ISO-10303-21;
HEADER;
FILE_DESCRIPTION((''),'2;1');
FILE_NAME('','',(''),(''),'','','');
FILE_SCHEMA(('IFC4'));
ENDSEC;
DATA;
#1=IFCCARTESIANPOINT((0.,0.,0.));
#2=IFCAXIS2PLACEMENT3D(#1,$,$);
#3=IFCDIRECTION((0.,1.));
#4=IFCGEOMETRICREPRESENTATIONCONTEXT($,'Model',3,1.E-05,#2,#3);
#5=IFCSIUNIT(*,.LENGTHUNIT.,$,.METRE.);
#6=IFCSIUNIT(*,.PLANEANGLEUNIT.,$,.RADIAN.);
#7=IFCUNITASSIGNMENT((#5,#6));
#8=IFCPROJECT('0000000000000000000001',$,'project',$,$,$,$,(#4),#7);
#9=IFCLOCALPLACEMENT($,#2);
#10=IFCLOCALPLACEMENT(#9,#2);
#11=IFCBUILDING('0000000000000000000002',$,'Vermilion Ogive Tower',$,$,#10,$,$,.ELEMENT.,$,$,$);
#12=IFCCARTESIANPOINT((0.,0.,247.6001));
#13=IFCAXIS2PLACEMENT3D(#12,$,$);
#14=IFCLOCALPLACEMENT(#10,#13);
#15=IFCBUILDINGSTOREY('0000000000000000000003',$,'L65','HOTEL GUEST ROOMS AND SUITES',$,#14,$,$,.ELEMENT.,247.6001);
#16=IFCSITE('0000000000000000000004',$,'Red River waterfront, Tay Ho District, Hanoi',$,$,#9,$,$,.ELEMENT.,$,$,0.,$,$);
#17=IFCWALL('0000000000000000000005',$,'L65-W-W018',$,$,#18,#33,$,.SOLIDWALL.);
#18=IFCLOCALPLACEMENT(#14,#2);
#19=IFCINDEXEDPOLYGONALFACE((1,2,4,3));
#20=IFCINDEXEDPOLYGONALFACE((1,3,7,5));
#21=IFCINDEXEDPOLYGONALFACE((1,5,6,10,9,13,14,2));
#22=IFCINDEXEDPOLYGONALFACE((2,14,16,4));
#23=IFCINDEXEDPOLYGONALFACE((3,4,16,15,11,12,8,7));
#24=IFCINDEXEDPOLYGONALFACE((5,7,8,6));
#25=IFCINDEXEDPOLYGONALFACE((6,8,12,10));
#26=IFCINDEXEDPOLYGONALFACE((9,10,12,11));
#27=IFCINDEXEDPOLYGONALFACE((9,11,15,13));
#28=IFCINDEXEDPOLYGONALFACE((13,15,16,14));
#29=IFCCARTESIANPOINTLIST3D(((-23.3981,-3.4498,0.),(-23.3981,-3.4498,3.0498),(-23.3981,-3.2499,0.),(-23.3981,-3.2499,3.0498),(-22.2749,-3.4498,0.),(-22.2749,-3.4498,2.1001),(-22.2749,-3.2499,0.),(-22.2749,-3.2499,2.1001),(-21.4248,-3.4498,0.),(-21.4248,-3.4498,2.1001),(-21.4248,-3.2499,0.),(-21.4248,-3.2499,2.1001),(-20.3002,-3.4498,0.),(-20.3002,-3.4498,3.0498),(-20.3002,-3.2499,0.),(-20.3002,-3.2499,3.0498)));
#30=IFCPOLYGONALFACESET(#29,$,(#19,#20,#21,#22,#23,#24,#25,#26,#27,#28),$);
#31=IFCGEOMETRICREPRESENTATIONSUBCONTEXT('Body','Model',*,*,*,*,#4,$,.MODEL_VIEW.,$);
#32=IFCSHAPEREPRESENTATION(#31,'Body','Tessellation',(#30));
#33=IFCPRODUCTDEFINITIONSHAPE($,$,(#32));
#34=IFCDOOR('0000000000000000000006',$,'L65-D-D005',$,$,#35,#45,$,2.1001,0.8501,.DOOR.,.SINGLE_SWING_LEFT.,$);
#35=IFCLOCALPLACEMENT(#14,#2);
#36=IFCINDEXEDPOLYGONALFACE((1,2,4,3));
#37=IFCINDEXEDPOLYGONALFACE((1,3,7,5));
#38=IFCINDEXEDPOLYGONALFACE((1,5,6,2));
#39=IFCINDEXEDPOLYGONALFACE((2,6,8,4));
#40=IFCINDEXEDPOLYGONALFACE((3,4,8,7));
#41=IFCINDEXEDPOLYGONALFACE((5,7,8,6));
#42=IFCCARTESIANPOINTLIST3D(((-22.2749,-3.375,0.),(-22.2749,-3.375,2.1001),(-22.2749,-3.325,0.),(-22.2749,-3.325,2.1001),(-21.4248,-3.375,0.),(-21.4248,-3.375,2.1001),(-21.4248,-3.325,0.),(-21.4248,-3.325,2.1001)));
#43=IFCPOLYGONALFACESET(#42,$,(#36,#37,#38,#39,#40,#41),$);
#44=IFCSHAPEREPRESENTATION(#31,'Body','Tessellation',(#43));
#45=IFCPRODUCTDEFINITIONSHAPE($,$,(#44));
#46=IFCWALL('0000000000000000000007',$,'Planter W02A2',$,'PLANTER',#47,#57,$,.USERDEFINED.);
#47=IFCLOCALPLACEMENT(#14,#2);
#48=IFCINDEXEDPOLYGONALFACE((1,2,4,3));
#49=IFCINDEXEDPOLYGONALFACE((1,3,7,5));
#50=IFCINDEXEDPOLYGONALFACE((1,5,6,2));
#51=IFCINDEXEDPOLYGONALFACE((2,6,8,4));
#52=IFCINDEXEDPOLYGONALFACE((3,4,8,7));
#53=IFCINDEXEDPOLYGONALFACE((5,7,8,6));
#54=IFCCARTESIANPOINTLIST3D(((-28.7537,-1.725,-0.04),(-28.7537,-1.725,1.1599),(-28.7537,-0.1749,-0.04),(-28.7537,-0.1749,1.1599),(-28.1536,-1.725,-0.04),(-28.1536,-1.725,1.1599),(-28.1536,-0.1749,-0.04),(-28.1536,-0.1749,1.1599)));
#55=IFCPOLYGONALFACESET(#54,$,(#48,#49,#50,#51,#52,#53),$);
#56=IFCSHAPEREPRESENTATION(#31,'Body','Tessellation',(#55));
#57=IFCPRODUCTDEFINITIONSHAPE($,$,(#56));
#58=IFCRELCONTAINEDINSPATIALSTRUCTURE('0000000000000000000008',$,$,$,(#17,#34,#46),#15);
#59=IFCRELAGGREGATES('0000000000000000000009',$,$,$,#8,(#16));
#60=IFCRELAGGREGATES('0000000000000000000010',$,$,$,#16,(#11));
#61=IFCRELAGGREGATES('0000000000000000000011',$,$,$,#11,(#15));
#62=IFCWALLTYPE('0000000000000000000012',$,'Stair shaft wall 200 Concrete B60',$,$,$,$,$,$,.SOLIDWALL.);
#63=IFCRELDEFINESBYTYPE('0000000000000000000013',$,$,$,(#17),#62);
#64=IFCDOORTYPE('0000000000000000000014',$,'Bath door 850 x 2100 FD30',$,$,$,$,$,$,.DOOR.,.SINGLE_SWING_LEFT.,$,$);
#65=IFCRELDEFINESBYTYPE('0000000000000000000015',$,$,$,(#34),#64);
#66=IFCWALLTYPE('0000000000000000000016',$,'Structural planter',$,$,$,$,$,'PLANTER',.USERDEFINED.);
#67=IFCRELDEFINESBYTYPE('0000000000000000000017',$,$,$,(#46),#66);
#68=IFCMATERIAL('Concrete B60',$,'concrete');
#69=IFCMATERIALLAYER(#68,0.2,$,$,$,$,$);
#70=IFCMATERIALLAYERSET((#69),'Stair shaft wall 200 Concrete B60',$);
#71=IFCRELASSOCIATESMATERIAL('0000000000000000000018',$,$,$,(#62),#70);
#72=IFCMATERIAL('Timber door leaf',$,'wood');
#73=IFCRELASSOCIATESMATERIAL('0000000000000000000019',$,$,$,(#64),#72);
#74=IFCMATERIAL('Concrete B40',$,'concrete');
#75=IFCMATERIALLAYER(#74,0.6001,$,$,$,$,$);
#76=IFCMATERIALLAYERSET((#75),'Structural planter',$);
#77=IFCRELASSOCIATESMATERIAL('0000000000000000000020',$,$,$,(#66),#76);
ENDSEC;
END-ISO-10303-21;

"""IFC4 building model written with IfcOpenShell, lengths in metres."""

from ifc_helpers import new_model, si_unit, direction, frame, frame_2d, origin, place, context, subcontext, project, spatial, rectangle, extrude, material, layer, layer_set, type_object, element, fill, save


model = new_model("IFC4")

# Units and contexts
model_context = context("Model", 3, precision=1e-05, world=origin(), true_north=direction((0.0, 1.0)))
body_context = subcontext(model_context, "Body", "Model", "MODEL_VIEW")
ifc_project = project(units=[si_unit("LENGTHUNIT", "METRE"), si_unit("PLANEANGLEUNIT", "RADIAN")], contexts=[model_context])

# Site, building, storey
site_placement = place(None, origin())
site = spatial("IfcSite", under=ifc_project, at=site_placement, Name="Red River waterfront, Tay Ho District, Hanoi", CompositionType="ELEMENT", RefElevation=0.0)
building_placement = place(site_placement, origin())
building = spatial("IfcBuilding", under=site, at=building_placement, Name="Vermilion Ogive Tower", CompositionType="ELEMENT")
storey_placement = place(building_placement, frame((0.0, 0.0, 247.6001)))
storey = spatial("IfcBuildingStorey", under=building, at=storey_placement, Name="L65", Description="HOTEL GUEST ROOMS AND SUITES", CompositionType="ELEMENT", Elevation=247.6001)

# Wall, opening, door
ifc_material_1 = material(Name="Concrete B60", Category="concrete")
ifc_layer_1 = layer(ifc_material_1, 0.2)
ifc_layer_set_1 = layer_set([ifc_layer_1], Name="Stair shaft wall 200 Concrete B60")
wall_type_1 = type_object("IfcWallType", Name="Stair shaft wall 200 Concrete B60", PredefinedType="SOLIDWALL", material=ifc_layer_set_1)
wall_1_placement = place(storey_placement, frame((-23.3979, -3.3499, 0.0), z_axis=(0.0, 0.0, 1.0), x_axis=(1.0, 0.0, 0.0)))
wall_1 = element("IfcWall", 1, at=wall_1_placement, inside=storey, type_object=wall_type_1, Name="L65-W-W018", PredefinedType="SOLIDWALL", context=body_context, shape_type="SweptSolid", body=[
    extrude(rectangle(XDim=3.0979, YDim=0.2, at=frame_2d((1.5488, 0.0))), origin(), (0.0, 0.0, 1.0), 3.0498),
])
opening_1_placement = place(wall_1_placement, frame((1.123, 0.0, 0.0)))
opening_1 = element("IfcOpeningElement", 2, at=opening_1_placement, cuts=wall_1, PredefinedType="OPENING", context=body_context, shape_type="SweptSolid", body=[
    extrude(rectangle(XDim=0.8501, YDim=2.1001, at=frame_2d((0.425, 1.05))), frame((0.0, 0.1099, 0.0), z_axis=(0.0, -1.0, 0.0), x_axis=(1.0, 0.0, 0.0)), (0.0, 0.0, 1.0), 0.22),
])
ifc_material_2 = material(Name="Timber door leaf", Category="wood")
door_type_1 = type_object("IfcDoorType", Name="Bath door 850 x 2100 FD30", OperationType="SINGLE_SWING_LEFT", PredefinedType="DOOR", material=ifc_material_2)
door_1_placement = place(opening_1_placement, origin())
door_1 = element("IfcDoor", 3, at=door_1_placement, inside=storey, type_object=door_type_1, Name="L65-D-D005", OperationType="SINGLE_SWING_LEFT", OverallHeight=2.1001, OverallWidth=0.8501, PredefinedType="DOOR", context=body_context, shape_type="SweptSolid", body=[
    extrude(rectangle(XDim=0.8501, YDim=2.1001, at=frame_2d((0.425, 1.05))), frame((0.0, 0.0249, 0.0), z_axis=(0.0, -1.0, 0.0), x_axis=(1.0, 0.0, 0.0)), (0.0, 0.0, 1.0), 0.05),
])
fill(opening_1, door_1)

# Wall
ifc_material_3 = material(Name="Concrete B40", Category="concrete")
ifc_layer_2 = layer(ifc_material_3, 0.6001)
ifc_layer_set_2 = layer_set([ifc_layer_2], Name="Structural planter")
wall_type_2 = type_object("IfcWallType", Name="Structural planter", ElementType="PLANTER", PredefinedType="USERDEFINED", material=ifc_layer_set_2)
wall_2_placement = place(storey_placement, frame((-28.4536, -0.175, -0.04), z_axis=(0.0, 0.0, 1.0), x_axis=(0.0, -1.0, 0.0)))
element("IfcWall", 4, at=wall_2_placement, inside=storey, type_object=wall_type_2, Name="Planter W02A2", ObjectType="PLANTER", PredefinedType="USERDEFINED", context=body_context, shape_type="SweptSolid", body=[
    extrude(rectangle(XDim=1.55, YDim=0.6001, at=frame_2d((0.7749, 0.0))), origin(), (0.0, 0.0, 1.0), 1.2),
])

save(model, "model.ifc")
